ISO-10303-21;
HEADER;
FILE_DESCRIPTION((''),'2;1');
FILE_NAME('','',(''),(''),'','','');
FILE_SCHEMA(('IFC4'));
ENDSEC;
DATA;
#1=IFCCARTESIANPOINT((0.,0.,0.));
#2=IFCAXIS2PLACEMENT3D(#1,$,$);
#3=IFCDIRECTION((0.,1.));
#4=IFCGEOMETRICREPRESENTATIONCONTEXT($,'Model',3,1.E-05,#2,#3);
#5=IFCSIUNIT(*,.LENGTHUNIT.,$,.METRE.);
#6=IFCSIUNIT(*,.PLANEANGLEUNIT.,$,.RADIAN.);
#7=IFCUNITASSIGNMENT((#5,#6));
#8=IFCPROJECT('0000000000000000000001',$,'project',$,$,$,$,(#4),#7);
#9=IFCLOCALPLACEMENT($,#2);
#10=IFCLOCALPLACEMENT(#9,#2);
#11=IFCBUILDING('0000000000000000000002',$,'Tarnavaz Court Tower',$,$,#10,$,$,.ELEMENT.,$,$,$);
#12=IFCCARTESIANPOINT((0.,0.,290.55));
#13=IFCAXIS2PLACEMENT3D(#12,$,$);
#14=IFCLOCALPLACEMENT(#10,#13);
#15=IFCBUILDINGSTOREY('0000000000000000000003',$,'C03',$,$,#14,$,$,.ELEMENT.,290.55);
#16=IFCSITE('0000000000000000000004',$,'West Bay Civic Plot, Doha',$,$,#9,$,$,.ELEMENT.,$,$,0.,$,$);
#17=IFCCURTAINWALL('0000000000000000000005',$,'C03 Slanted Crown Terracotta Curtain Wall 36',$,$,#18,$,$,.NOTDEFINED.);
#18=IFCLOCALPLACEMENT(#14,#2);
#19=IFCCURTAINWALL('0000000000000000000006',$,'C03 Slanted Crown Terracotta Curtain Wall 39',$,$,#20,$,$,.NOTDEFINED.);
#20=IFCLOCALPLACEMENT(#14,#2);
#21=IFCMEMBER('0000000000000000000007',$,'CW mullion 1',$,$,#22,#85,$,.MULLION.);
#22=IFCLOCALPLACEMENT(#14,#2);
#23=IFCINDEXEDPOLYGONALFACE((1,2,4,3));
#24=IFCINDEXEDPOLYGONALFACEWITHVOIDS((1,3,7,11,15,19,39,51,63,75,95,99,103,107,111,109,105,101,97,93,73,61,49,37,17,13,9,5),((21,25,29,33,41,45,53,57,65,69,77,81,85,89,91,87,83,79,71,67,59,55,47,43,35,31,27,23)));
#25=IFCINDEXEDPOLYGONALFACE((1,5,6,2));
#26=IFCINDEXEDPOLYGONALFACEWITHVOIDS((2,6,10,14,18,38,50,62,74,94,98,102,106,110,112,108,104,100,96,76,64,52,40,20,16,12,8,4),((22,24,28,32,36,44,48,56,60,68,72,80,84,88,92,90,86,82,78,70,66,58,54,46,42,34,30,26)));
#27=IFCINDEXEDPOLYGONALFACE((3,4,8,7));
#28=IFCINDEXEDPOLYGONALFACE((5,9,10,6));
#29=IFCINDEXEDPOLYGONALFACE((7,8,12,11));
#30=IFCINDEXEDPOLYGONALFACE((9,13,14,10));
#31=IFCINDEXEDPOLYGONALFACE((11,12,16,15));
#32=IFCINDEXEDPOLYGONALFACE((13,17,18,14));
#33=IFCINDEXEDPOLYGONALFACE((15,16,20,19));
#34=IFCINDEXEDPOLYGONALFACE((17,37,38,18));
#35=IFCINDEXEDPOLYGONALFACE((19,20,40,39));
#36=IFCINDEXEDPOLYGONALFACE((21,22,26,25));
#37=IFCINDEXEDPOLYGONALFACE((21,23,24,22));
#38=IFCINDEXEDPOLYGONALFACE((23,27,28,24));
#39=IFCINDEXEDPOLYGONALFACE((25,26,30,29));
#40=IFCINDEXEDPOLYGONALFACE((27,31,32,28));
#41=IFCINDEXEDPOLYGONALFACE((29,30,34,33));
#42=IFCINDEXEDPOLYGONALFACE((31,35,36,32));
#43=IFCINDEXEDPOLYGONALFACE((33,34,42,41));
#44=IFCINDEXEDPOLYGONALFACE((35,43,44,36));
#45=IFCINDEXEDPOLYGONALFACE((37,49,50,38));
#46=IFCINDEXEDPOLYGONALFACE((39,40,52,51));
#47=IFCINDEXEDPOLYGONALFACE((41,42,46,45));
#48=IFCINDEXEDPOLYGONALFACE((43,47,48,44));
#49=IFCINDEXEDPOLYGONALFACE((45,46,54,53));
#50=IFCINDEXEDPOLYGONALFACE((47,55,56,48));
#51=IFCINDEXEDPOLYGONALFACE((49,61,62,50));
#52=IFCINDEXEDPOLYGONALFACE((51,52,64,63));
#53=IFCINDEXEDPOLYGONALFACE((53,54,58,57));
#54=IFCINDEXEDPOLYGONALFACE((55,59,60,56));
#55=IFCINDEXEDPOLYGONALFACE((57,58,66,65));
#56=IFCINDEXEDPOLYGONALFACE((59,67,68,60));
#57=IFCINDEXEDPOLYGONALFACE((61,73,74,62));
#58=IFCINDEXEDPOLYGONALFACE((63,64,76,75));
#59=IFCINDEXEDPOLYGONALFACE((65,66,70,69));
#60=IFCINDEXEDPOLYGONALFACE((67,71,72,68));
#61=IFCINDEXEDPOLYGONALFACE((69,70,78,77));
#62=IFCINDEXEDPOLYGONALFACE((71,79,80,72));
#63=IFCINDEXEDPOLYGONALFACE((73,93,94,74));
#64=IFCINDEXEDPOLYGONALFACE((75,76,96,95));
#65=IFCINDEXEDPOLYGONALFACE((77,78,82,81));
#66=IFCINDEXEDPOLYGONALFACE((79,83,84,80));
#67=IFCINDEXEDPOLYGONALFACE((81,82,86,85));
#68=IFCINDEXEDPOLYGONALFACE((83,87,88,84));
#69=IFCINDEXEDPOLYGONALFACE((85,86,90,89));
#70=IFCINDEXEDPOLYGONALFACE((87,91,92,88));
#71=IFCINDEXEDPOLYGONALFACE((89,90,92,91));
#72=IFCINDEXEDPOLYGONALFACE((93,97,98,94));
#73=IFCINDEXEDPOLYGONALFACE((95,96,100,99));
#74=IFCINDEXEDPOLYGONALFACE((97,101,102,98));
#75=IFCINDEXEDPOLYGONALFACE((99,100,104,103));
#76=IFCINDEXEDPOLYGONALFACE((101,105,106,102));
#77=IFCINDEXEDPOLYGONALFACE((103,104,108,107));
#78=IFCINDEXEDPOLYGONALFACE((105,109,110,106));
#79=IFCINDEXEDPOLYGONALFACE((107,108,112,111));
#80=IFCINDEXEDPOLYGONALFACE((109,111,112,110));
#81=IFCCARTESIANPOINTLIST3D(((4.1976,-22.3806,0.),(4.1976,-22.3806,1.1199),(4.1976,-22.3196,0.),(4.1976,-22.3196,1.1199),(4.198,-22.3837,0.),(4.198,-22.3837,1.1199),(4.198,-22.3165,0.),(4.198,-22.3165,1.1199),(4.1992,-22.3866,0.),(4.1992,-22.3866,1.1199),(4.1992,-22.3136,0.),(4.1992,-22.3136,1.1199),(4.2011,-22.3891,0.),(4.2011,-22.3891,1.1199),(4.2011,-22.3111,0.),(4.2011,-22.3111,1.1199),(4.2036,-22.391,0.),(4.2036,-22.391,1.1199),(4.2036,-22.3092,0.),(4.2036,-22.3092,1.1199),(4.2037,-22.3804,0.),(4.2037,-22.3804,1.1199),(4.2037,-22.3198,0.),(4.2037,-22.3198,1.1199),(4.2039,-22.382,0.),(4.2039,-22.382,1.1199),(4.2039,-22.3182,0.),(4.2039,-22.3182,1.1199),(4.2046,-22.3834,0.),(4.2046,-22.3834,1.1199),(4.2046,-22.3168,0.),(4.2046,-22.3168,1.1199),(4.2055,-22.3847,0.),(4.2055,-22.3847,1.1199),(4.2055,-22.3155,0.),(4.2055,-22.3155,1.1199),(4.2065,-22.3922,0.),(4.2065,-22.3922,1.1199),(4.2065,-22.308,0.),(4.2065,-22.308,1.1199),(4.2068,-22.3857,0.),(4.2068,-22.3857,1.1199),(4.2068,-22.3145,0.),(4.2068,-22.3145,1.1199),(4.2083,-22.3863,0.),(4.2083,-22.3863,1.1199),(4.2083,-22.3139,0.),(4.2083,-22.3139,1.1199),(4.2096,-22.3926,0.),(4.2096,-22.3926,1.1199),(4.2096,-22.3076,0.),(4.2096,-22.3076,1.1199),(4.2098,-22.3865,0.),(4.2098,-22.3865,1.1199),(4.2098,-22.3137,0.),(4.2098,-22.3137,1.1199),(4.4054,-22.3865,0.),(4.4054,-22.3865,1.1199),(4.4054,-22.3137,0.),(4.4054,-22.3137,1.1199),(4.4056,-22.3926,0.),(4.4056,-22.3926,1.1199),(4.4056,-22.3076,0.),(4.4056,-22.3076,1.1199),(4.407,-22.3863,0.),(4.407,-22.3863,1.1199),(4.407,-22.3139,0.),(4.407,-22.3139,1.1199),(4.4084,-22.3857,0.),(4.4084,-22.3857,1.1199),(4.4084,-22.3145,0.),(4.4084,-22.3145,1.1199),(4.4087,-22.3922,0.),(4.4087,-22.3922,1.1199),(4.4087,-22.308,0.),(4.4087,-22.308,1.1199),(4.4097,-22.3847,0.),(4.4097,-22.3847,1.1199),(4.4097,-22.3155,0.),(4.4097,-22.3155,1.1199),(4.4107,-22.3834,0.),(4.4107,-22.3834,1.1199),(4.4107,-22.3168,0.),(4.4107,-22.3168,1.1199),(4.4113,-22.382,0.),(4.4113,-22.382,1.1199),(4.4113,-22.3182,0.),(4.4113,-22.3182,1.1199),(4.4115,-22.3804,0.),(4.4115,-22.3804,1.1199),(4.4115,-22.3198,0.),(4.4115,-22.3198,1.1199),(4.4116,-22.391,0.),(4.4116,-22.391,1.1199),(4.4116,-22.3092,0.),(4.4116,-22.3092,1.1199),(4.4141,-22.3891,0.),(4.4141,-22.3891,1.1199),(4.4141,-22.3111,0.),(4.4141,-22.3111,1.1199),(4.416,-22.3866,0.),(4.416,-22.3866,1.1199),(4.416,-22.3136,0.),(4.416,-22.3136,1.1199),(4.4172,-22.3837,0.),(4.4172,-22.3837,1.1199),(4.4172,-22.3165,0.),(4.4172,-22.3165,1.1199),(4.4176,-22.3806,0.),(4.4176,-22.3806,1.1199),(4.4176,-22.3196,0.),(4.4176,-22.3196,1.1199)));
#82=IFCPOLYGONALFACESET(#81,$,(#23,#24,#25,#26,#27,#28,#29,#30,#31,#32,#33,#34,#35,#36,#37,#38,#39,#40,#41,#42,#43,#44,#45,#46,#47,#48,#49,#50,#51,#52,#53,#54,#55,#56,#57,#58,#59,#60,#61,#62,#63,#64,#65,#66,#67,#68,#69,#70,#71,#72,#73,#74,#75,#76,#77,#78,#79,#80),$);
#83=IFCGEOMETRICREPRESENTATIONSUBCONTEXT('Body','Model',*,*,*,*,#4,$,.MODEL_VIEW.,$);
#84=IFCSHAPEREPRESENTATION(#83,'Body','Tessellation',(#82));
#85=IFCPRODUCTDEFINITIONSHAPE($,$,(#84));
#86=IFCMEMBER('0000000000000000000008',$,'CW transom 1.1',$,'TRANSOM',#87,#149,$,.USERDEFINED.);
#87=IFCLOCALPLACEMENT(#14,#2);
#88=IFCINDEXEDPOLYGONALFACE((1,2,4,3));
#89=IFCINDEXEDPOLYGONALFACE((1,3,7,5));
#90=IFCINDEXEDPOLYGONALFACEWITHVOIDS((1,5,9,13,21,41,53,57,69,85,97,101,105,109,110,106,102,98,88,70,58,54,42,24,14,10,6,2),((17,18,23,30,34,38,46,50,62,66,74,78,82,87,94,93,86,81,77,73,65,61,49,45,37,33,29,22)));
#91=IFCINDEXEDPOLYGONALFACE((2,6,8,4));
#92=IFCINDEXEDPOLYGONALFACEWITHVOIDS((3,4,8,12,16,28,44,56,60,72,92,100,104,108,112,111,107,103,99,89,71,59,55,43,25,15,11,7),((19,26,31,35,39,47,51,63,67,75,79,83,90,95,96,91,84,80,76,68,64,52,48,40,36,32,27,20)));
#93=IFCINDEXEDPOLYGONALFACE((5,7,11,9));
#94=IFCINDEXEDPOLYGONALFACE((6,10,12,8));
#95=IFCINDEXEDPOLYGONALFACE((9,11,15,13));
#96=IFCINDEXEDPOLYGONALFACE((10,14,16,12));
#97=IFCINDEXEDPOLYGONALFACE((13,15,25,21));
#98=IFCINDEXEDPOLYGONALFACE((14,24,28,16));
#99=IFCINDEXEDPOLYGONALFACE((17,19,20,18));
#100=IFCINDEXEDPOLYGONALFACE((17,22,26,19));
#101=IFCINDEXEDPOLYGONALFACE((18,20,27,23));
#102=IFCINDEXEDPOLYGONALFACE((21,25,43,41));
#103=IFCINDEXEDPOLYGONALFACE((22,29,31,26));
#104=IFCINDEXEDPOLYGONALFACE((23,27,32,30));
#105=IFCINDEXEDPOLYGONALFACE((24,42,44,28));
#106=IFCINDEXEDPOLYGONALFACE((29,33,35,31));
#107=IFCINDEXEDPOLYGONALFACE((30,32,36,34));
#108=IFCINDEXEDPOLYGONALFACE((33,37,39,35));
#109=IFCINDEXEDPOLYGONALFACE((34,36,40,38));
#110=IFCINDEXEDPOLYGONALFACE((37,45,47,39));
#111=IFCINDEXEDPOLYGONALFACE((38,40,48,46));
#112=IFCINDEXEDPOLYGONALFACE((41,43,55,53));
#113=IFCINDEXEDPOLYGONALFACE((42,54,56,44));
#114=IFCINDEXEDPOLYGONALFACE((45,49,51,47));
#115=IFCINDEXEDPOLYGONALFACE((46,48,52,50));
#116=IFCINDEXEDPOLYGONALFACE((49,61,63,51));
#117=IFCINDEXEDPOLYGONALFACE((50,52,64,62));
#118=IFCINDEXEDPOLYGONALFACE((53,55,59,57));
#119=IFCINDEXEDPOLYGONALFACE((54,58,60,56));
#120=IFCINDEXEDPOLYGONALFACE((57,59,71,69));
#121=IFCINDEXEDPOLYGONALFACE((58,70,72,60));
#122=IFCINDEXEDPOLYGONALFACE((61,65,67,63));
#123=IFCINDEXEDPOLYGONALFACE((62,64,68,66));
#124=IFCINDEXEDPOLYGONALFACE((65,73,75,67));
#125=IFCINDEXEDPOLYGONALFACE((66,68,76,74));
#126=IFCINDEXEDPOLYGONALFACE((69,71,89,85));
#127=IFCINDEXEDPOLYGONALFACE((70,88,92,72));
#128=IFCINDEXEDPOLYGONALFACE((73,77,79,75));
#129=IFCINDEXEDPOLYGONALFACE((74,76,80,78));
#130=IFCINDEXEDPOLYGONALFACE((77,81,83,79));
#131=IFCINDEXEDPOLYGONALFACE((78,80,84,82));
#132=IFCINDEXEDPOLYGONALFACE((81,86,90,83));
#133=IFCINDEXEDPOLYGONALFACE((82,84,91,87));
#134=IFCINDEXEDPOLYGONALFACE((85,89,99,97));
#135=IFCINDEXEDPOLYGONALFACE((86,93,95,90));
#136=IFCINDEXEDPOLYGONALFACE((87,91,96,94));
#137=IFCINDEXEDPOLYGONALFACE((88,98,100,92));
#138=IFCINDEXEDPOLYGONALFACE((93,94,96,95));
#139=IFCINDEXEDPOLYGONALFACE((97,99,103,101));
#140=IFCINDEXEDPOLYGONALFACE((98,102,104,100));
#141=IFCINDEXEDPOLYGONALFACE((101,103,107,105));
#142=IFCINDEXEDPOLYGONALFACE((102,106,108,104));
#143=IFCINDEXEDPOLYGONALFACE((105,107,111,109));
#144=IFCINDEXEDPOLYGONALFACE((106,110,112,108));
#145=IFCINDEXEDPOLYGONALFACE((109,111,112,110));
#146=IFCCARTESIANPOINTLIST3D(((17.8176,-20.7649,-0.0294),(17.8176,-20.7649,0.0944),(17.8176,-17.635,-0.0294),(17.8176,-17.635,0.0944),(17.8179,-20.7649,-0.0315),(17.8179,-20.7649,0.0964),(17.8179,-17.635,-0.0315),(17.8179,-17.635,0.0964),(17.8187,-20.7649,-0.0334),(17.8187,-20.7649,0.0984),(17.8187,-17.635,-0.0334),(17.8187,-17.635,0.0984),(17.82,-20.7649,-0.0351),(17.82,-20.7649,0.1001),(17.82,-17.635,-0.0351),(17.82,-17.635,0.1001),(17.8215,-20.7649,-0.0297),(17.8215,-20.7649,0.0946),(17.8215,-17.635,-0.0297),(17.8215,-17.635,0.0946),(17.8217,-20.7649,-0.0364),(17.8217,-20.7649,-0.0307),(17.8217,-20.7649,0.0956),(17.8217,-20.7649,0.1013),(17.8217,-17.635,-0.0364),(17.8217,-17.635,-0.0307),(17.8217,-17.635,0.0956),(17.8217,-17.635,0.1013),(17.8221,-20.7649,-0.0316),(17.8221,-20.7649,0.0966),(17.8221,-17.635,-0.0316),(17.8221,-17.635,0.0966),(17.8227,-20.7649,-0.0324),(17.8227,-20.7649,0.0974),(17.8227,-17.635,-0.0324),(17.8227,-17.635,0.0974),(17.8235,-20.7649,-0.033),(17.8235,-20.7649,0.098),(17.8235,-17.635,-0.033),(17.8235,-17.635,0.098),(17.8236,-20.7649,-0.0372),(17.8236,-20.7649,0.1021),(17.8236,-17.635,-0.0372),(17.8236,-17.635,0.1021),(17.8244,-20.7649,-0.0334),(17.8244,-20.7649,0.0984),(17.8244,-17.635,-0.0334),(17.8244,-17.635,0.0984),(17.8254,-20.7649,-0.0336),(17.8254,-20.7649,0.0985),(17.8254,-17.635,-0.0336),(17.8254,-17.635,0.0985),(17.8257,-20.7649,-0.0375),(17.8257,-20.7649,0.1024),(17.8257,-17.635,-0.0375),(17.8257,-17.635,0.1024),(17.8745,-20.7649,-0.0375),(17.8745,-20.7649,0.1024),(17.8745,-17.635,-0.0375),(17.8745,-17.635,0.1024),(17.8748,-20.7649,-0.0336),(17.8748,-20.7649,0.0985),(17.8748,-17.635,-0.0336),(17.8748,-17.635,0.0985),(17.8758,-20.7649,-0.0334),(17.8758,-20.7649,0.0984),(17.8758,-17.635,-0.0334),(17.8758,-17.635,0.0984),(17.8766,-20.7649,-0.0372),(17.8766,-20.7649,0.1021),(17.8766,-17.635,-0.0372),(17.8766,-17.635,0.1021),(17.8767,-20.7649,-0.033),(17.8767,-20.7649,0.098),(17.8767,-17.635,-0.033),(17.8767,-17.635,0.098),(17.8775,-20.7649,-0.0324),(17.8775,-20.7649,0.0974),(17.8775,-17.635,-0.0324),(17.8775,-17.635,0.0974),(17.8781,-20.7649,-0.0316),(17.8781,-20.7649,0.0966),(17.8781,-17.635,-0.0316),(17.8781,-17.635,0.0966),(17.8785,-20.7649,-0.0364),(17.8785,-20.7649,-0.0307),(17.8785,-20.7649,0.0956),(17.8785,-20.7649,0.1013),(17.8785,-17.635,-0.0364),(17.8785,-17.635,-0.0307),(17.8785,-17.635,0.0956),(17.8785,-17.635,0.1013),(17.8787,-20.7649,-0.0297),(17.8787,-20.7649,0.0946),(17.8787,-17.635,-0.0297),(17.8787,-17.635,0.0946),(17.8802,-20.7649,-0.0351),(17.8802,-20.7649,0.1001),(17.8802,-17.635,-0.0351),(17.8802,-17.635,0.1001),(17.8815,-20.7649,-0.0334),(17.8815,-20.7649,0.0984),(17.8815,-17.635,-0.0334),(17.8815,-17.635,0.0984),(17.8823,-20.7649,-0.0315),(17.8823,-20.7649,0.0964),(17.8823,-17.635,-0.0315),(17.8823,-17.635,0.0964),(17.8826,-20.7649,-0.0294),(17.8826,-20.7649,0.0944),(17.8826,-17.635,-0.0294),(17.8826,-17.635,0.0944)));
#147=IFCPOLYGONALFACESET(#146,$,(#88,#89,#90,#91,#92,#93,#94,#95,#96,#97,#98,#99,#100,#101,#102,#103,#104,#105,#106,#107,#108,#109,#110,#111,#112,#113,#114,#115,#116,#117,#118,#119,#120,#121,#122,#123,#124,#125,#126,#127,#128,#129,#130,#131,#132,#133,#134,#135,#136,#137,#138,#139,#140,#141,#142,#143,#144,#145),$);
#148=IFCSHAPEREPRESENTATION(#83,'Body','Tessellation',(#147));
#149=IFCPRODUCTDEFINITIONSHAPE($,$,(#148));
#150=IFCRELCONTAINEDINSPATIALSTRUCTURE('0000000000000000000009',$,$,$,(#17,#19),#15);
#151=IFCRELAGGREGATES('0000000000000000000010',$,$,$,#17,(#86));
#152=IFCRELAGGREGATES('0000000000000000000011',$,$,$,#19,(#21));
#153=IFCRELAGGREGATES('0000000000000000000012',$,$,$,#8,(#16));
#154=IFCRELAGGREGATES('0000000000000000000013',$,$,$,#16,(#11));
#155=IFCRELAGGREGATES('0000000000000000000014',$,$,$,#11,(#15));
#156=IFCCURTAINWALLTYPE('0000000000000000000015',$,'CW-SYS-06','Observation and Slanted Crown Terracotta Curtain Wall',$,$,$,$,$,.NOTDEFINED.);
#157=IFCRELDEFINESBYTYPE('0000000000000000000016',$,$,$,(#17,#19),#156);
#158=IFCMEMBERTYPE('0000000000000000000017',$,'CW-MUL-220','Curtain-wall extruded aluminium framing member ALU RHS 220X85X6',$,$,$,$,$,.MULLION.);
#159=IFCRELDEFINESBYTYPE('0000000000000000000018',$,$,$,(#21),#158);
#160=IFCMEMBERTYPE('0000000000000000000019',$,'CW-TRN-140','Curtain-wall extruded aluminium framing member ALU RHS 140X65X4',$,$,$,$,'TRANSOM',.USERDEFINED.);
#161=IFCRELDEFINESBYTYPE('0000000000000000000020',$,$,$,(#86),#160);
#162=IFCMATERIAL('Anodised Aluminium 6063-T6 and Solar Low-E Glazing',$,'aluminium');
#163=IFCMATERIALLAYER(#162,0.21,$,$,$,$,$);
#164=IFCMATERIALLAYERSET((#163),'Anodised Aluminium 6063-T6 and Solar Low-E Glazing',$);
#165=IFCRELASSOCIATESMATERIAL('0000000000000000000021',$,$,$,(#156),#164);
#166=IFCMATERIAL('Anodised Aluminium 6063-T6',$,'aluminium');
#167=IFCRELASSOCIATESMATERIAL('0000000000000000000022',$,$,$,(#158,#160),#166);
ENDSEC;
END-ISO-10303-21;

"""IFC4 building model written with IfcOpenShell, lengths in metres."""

from ifc_helpers import new_model, si_unit, direction, frame, origin, origin_2d, place, context, subcontext, project, spatial, hollow_rectangle, extrude, material, layer, layer_set, material_profile, profile_set, type_object, element, aggregate, save


model = new_model("IFC4")

# Units and contexts
model_context = context("Model", 3, precision=1e-05, world=origin(), true_north=direction((0.0, 1.0)))
body_context = subcontext(model_context, "Body", "Model", "MODEL_VIEW")
ifc_project = project(units=[si_unit("LENGTHUNIT", "METRE"), si_unit("PLANEANGLEUNIT", "RADIAN")], contexts=[model_context])

# Site, building, storey
site_placement = place(None, origin())
site = spatial("IfcSite", under=ifc_project, at=site_placement, Name="West Bay Civic Plot, Doha", CompositionType="ELEMENT", RefElevation=0.0)
building_placement = place(site_placement, origin())
building = spatial("IfcBuilding", under=site, at=building_placement, Name="Tarnavaz Court Tower", CompositionType="ELEMENT")
storey_placement = place(building_placement, frame((0.0, 0.0, 290.55)))
storey = spatial("IfcBuildingStorey", under=building, at=storey_placement, Name="C03", CompositionType="ELEMENT", Elevation=290.55)

# Shared definitions
ifc_material_1 = material(Name="Anodised Aluminium 6063-T6 and Solar Low-E Glazing", Category="aluminium")
ifc_layer_1 = layer(ifc_material_1, 0.21)
ifc_layer_set_1 = layer_set([ifc_layer_1], Name="Anodised Aluminium 6063-T6 and Solar Low-E Glazing")
curtain_wall_type = type_object("IfcCurtainWallType", Name="CW-SYS-06", Description="Observation and Slanted Crown Terracotta Curtain Wall", PredefinedType="NOTDEFINED", material=ifc_layer_set_1)
ifc_material_2 = material(Name="Anodised Aluminium 6063-T6", Category="aluminium")
ifc_material_profile_1 = material_profile(ifc_material_2, hollow_rectangle(XDim=0.085, YDim=0.22, WallThickness=0.0061, InnerFilletRadius=0.0061, OuterFilletRadius=0.012, at=origin_2d()), Name="ALU RHS 220X85X6")
ifc_profile_set_1 = profile_set([ifc_material_profile_1], Name="Anodised Aluminium 6063-T6")
member_type_1 = type_object("IfcMemberType", Name="CW-MUL-220", Description="Curtain-wall extruded aluminium framing member ALU RHS 220X85X6", PredefinedType="MULLION", material=ifc_profile_set_1)

# Curtain wall
curtain_wall_1_placement = place(storey_placement, origin())
curtain_wall_1 = element("IfcCurtainWall", 1, at=curtain_wall_1_placement, inside=storey, type_object=curtain_wall_type, Name="C03 Slanted Crown Terracotta Curtain Wall 36", PredefinedType="NOTDEFINED")

# Curtain wall, member
curtain_wall_2_placement = place(storey_placement, origin())
curtain_wall_2 = element("IfcCurtainWall", 2, at=curtain_wall_2_placement, inside=storey, type_object=curtain_wall_type, Name="C03 Slanted Crown Terracotta Curtain Wall 39", PredefinedType="NOTDEFINED")
member_1_placement = place(storey_placement, frame((4.3076, -22.3501, 0.0), z_axis=(0.0, 0.0, 1.0), x_axis=(0.0, -1.0, 0.0)))
member_1 = element("IfcMember", 3, at=member_1_placement, type_object=member_type_1, Name="CW mullion 1", PredefinedType="MULLION", context=body_context, shape_type="SweptSolid", body=[
    extrude(hollow_rectangle(XDim=0.085, YDim=0.22, WallThickness=0.0061, InnerFilletRadius=0.0061, OuterFilletRadius=0.012, at=origin_2d()), origin(), (0.0, 0.0, 1.0), 1.1199),
])

# Member
ifc_material_profile_2 = material_profile(ifc_material_2, hollow_rectangle(XDim=0.0649, YDim=0.1399, WallThickness=0.0039, InnerFilletRadius=0.0039, OuterFilletRadius=0.0081, at=origin_2d()), Name="ALU RHS 140X65X4")
ifc_profile_set_2 = profile_set([ifc_material_profile_2], Name="Anodised Aluminium 6063-T6")
member_type_2 = type_object("IfcMemberType", Name="CW-TRN-140", Description="Curtain-wall extruded aluminium framing member ALU RHS 140X65X4", ElementType="TRANSOM", PredefinedType="USERDEFINED", material=ifc_profile_set_2)
member_2_placement = place(storey_placement, frame((17.8501, -17.635, 0.0325), z_axis=(0.0, -1.0, 0.0), x_axis=(1.0, 0.0, 0.0)))
member_2 = element("IfcMember", 4, at=member_2_placement, type_object=member_type_2, Name="CW transom 1.1", ObjectType="TRANSOM", PredefinedType="USERDEFINED", context=body_context, shape_type="SweptSolid", body=[
    extrude(hollow_rectangle(XDim=0.0649, YDim=0.1399, WallThickness=0.0039, InnerFilletRadius=0.0039, OuterFilletRadius=0.0081, at=origin_2d()), origin(), (0.0, 0.0, 1.0), 3.1299),
])

aggregate(curtain_wall_1, [member_2])
aggregate(curtain_wall_2, [member_1])

save(model, "model.ifc")
